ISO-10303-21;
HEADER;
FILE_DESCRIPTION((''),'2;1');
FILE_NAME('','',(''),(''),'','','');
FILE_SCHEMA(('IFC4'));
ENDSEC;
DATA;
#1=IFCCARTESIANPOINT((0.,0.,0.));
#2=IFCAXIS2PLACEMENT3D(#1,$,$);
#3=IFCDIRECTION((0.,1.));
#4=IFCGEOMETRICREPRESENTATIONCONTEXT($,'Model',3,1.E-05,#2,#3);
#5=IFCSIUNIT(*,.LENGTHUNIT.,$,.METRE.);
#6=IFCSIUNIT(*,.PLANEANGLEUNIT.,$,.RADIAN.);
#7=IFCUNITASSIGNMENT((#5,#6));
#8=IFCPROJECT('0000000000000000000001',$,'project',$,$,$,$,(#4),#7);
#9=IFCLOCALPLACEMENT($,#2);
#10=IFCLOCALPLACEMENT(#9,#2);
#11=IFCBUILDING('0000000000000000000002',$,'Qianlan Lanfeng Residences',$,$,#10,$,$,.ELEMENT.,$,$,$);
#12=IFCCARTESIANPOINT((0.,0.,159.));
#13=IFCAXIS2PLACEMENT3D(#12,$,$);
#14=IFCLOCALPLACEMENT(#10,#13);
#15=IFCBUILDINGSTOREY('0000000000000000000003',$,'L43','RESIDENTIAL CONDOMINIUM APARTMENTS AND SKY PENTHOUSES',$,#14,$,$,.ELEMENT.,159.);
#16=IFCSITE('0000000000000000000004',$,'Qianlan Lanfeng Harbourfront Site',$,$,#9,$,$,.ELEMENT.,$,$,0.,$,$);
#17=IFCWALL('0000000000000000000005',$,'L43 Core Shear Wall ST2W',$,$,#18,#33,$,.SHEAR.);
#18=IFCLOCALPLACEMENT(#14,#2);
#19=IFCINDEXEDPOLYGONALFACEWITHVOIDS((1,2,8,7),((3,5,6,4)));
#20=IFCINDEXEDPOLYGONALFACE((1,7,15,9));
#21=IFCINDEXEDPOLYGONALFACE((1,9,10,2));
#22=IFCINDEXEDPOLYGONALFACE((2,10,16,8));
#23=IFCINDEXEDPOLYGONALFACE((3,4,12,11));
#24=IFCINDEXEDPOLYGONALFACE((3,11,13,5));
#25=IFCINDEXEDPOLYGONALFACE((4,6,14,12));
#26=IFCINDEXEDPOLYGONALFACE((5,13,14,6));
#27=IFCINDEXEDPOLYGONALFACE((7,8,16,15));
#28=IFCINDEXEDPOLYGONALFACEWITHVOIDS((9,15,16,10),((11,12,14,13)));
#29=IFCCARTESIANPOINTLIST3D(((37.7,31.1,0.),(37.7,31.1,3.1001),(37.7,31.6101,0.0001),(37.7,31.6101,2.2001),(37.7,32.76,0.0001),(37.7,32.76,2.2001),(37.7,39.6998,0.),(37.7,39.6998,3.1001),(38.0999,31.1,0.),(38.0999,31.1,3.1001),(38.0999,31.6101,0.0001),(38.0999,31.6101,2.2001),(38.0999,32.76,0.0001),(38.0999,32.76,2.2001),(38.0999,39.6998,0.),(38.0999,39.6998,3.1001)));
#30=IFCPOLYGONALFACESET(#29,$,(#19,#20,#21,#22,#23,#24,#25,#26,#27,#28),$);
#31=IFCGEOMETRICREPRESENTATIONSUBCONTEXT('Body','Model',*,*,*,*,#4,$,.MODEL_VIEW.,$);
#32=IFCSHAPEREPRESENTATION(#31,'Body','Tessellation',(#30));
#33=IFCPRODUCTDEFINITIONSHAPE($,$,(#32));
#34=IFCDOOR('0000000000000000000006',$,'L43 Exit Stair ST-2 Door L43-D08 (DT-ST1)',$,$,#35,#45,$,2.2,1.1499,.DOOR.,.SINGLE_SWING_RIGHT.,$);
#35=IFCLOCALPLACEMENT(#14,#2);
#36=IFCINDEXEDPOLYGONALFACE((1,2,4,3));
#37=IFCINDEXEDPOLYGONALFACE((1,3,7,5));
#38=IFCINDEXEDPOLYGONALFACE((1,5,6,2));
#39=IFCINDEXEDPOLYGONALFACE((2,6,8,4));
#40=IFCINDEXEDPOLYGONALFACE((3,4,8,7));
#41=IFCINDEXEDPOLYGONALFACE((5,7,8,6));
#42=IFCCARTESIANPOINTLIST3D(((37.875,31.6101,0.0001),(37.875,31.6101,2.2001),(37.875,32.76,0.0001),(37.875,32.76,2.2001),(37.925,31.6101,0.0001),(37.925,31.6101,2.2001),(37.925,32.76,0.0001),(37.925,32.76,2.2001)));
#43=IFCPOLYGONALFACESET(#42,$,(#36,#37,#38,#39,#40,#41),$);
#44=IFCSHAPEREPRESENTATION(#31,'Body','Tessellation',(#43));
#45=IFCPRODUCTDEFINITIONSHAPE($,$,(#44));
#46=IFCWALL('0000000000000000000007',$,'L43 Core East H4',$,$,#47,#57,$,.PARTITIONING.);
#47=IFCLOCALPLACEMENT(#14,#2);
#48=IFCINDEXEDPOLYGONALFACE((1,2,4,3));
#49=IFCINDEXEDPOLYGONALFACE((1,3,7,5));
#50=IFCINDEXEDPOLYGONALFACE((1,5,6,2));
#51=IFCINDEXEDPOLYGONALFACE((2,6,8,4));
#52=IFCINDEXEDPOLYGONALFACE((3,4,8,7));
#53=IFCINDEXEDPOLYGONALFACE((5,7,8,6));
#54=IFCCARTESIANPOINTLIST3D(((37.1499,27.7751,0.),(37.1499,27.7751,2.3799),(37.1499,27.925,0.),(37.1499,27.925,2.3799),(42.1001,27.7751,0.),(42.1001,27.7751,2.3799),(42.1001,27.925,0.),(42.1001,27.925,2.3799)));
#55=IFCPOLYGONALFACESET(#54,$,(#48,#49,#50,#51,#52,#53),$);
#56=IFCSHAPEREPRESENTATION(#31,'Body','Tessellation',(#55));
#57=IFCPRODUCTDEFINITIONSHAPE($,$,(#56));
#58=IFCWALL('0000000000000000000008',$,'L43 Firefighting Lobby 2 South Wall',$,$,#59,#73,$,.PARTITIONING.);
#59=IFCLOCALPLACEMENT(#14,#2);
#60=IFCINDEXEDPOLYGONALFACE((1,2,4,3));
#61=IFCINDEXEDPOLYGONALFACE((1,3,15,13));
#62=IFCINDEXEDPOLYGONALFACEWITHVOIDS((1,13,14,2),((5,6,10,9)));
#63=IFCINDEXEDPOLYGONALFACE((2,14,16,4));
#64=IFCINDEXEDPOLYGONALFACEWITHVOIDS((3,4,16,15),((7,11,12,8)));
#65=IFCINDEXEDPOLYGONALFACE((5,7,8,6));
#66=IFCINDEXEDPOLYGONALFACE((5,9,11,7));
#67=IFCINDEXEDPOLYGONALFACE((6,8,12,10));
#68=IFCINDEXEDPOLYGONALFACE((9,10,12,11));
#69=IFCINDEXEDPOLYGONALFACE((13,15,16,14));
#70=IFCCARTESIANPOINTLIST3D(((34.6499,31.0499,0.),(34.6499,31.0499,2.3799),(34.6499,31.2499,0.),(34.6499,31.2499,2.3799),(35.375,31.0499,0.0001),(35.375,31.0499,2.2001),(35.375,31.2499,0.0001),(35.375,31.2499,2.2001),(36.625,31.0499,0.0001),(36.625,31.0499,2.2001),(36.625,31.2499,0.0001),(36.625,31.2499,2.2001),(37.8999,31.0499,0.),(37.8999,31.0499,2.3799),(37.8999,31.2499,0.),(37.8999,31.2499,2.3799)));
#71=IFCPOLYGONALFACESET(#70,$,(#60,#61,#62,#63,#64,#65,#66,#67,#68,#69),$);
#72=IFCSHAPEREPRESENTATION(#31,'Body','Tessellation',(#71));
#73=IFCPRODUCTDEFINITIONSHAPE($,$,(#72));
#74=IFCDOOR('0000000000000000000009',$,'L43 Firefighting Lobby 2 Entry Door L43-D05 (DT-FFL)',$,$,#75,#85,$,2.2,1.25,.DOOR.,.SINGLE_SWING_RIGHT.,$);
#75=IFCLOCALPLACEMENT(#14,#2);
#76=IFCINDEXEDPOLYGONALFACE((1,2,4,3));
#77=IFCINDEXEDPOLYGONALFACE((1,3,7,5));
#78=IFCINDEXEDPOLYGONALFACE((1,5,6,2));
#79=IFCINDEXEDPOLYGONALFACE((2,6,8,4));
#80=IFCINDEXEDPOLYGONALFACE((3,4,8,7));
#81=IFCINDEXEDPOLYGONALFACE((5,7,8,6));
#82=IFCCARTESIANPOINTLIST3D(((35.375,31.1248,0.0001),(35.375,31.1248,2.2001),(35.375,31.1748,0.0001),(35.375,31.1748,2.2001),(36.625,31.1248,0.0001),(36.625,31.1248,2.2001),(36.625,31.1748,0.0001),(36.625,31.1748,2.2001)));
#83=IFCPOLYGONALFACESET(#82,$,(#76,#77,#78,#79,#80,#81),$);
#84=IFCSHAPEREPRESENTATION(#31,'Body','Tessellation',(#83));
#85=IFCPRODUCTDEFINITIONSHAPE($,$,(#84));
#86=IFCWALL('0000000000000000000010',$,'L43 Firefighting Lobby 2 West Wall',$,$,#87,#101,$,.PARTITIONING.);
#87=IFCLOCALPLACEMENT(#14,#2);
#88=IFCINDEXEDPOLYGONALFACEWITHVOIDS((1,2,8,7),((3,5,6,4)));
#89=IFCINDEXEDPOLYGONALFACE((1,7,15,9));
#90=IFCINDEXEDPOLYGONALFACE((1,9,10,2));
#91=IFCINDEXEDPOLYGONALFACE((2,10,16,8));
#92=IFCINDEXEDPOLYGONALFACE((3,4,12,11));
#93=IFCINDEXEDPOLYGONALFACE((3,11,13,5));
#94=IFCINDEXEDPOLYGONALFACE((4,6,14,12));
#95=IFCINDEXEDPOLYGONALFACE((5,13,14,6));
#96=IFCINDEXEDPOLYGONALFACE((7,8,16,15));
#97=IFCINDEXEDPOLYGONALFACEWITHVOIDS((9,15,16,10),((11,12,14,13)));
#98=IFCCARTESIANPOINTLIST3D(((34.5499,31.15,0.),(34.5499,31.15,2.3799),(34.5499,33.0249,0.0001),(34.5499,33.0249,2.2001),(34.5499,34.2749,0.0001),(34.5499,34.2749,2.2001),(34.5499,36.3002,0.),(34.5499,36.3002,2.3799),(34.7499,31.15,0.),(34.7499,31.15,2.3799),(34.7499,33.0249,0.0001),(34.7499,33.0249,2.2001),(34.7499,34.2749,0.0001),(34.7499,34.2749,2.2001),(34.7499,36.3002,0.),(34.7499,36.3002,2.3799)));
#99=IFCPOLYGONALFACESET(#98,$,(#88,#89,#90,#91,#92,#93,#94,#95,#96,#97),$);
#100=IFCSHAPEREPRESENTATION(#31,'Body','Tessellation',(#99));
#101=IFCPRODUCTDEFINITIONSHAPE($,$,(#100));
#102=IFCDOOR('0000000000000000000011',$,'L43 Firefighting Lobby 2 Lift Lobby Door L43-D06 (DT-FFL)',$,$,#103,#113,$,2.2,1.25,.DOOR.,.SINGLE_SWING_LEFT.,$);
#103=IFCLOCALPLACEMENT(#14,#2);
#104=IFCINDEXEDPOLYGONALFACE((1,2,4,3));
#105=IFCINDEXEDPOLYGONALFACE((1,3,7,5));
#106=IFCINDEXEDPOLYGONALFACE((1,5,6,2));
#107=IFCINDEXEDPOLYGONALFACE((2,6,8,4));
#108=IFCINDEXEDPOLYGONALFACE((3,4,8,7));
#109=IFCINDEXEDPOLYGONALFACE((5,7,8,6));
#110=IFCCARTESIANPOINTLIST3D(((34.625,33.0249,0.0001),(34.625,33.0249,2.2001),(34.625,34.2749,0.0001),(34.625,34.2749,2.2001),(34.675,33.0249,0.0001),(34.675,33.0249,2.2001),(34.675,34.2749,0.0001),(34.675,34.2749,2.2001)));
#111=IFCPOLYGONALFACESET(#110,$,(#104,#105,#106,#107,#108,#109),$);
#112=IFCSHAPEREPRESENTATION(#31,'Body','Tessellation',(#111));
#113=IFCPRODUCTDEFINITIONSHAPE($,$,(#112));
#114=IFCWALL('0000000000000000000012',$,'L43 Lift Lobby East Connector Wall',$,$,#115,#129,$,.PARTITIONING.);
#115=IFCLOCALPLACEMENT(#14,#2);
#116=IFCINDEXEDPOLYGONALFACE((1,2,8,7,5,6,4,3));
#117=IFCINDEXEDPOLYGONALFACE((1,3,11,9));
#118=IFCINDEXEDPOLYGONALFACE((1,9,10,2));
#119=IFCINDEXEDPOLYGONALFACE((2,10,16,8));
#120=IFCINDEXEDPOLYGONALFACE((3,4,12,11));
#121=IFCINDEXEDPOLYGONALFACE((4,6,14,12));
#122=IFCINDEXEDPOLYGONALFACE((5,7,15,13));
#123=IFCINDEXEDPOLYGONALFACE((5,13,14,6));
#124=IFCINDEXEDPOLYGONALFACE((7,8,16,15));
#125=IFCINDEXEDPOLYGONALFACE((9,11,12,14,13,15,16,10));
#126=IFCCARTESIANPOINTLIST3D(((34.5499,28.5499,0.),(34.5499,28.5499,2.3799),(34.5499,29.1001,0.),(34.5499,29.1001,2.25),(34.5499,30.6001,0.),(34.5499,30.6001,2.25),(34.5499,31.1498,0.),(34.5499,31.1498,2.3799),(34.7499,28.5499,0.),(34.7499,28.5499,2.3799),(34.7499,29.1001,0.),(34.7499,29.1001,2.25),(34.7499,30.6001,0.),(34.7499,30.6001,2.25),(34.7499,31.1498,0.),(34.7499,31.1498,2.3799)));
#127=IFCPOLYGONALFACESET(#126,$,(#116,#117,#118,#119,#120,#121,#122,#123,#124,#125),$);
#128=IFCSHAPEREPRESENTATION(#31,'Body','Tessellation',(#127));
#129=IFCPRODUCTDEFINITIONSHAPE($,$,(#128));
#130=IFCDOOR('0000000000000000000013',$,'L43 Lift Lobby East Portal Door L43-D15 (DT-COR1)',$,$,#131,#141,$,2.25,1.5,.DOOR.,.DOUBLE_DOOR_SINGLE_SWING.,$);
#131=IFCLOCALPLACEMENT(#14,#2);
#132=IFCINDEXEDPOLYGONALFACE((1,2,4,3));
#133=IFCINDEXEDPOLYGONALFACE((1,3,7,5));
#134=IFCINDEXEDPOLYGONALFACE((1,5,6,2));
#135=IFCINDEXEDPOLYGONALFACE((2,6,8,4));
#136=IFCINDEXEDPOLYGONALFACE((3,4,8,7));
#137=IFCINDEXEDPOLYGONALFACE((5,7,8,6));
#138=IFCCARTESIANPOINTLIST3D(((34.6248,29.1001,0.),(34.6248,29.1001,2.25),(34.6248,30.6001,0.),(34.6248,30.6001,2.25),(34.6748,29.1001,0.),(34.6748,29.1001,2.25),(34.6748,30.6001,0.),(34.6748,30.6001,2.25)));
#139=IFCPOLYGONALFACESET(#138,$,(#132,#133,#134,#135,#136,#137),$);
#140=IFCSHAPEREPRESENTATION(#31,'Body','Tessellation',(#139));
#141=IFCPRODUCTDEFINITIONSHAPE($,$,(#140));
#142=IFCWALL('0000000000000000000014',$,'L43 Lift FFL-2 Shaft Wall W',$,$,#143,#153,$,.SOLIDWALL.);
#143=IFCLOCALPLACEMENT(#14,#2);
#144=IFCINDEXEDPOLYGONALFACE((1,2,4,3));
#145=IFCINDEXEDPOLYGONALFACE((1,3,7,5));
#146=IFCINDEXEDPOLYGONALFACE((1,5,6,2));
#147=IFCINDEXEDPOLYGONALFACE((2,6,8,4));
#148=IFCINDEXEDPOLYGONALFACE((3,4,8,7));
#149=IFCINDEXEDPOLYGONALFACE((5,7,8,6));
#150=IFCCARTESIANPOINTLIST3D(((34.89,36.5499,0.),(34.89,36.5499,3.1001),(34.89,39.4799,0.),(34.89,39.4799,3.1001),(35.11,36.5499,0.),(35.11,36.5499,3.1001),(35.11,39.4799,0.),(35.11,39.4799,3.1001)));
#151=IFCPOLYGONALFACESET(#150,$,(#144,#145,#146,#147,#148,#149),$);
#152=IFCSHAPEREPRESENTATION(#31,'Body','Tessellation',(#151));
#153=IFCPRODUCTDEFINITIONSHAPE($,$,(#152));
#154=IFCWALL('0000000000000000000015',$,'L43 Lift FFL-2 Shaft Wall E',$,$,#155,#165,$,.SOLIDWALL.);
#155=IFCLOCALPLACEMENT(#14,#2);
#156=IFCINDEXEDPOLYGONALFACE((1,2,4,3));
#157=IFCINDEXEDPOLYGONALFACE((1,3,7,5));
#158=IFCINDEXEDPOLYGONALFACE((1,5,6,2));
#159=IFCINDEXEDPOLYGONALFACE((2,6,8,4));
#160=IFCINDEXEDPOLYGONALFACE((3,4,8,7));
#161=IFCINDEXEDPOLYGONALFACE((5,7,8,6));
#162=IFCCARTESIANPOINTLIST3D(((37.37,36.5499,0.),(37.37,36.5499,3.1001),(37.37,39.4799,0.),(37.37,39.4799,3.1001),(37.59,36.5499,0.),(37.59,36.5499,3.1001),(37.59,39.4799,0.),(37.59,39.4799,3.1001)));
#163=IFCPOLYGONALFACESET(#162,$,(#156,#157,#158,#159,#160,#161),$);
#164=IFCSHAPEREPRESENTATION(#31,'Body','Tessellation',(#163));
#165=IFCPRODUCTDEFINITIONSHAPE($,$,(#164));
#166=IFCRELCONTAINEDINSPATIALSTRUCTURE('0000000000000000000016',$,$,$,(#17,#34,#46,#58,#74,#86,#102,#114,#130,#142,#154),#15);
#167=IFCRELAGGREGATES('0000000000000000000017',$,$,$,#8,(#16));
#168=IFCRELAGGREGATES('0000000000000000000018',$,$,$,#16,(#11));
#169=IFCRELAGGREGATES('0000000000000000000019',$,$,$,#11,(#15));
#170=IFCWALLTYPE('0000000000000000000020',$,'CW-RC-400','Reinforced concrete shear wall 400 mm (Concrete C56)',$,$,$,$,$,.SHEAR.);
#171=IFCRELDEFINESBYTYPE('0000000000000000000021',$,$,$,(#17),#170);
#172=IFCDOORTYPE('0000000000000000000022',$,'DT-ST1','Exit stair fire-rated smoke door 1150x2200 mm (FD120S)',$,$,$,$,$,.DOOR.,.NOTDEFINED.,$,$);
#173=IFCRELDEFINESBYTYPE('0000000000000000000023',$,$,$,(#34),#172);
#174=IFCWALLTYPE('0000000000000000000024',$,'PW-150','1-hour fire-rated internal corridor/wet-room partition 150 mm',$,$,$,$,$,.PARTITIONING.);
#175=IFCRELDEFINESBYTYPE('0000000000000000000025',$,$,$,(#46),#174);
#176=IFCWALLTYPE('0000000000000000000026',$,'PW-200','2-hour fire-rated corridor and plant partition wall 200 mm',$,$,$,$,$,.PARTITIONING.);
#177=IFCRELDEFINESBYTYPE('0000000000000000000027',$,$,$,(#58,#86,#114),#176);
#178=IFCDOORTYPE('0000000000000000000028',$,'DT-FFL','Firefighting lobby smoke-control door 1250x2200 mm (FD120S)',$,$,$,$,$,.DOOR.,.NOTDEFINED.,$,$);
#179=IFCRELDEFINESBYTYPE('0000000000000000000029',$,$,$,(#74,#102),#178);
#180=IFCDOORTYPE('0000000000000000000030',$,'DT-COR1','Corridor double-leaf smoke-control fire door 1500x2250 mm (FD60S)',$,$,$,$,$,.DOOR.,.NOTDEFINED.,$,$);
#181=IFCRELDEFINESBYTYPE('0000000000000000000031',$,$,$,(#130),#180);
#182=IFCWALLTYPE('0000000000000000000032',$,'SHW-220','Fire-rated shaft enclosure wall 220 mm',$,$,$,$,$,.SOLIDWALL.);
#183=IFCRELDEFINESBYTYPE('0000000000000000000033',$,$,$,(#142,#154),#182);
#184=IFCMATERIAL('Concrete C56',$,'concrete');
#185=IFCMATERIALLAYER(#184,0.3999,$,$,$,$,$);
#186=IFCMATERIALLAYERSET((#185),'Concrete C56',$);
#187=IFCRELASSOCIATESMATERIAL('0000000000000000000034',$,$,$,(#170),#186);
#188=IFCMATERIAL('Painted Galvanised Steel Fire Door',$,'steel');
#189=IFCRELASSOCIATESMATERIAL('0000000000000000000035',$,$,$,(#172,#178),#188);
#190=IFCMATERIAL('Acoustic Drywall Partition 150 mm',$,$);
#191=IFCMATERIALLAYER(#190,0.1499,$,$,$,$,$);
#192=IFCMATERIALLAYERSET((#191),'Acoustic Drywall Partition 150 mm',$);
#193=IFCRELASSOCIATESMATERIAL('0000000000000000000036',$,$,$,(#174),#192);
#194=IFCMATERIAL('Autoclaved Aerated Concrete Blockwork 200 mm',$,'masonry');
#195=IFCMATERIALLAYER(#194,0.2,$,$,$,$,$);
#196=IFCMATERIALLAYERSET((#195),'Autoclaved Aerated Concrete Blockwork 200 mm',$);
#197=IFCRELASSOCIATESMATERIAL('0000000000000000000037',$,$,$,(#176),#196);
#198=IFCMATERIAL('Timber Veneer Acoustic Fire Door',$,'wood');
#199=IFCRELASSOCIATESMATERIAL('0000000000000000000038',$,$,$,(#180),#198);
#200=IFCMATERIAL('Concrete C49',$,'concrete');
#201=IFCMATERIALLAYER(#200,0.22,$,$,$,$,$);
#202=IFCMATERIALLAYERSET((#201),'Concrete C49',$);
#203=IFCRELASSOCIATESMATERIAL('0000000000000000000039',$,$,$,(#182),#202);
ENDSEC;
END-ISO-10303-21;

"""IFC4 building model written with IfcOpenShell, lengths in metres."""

from ifc_helpers import new_model, si_unit, direction, frame, frame_2d, origin, place, context, subcontext, project, spatial, rectangle, extrude, material, layer, layer_set, type_object, element, fill, save


model = new_model("IFC4")

# Units and contexts
model_context = context("Model", 3, precision=1e-05, world=origin(), true_north=direction((0.0, 1.0)))
body_context = subcontext(model_context, "Body", "Model", "MODEL_VIEW")
ifc_project = project(units=[si_unit("LENGTHUNIT", "METRE"), si_unit("PLANEANGLEUNIT", "RADIAN")], contexts=[model_context])

# Site, building, storey
site_placement = place(None, origin())
site = spatial("IfcSite", under=ifc_project, at=site_placement, Name="Qianlan Lanfeng Harbourfront Site", CompositionType="ELEMENT", RefElevation=0.0)
building_placement = place(site_placement, origin())
building = spatial("IfcBuilding", under=site, at=building_placement, Name="Qianlan Lanfeng Residences", CompositionType="ELEMENT")
storey_placement = place(building_placement, frame((0.0, 0.0, 159.0)))
storey = spatial("IfcBuildingStorey", under=building, at=storey_placement, Name="L43", Description="RESIDENTIAL CONDOMINIUM APARTMENTS AND SKY PENTHOUSES", CompositionType="ELEMENT", Elevation=159.0)

# Wall, opening, door
ifc_material_1 = material(Name="Concrete C56", Category="concrete")
ifc_layer_1 = layer(ifc_material_1, 0.3999)
ifc_layer_set_1 = layer_set([ifc_layer_1], Name="Concrete C56")
wall_type_1 = type_object("IfcWallType", Name="CW-RC-400", Description="Reinforced concrete shear wall 400 mm (Concrete C56)", PredefinedType="SHEAR", material=ifc_layer_set_1)
wall_1_placement = place(storey_placement, frame((37.8999, 31.1001, 0.0), z_axis=(0.0, 0.0, 1.0), x_axis=(0.0, 1.0, 0.0)))
wall_1 = element("IfcWall", 1, at=wall_1_placement, inside=storey, type_object=wall_type_1, Name="L43 Core Shear Wall ST2W", PredefinedType="SHEAR", context=body_context, shape_type="SweptSolid", body=[
    extrude(rectangle(XDim=8.5999, YDim=0.3999, at=frame_2d((4.2998, 0.0))), origin(), (0.0, 0.0, 1.0), 3.1001),
])
opening_1_placement = place(wall_1_placement, frame((0.51, 0.0, 0.0)))
opening_1 = element("IfcOpeningElement", 2, at=opening_1_placement, cuts=wall_1, PredefinedType="OPENING", context=body_context, shape_type="SweptSolid", body=[
    extrude(rectangle(XDim=1.1499, YDim=2.2, at=frame_2d((0.575, 1.1001))), frame((0.0, 0.21, 0.0), z_axis=(0.0, -1.0, 0.0), x_axis=(1.0, 0.0, 0.0)), (0.0, 0.0, 1.0), 0.4199),
])
ifc_material_2 = material(Name="Painted Galvanised Steel Fire Door", Category="steel")
door_type_1 = type_object("IfcDoorType", Name="DT-ST1", Description="Exit stair fire-rated smoke door 1150x2200 mm (FD120S)", OperationType="NOTDEFINED", PredefinedType="DOOR", material=ifc_material_2)
door_1_placement = place(opening_1_placement, origin())
door_1 = element("IfcDoor", 3, at=door_1_placement, inside=storey, type_object=door_type_1, Name="L43 Exit Stair ST-2 Door L43-D08 (DT-ST1)", OperationType="SINGLE_SWING_RIGHT", OverallHeight=2.2, OverallWidth=1.1499, PredefinedType="DOOR", context=body_context, shape_type="SweptSolid", body=[
    extrude(rectangle(XDim=1.1499, YDim=2.2, at=frame_2d((0.575, 1.1001))), frame((0.0, 0.0249, 0.0), z_axis=(0.0, -1.0, 0.0), x_axis=(1.0, 0.0, 0.0)), (0.0, 0.0, 1.0), 0.05),
])
fill(opening_1, door_1)

# Wall
ifc_material_3 = material(Name="Acoustic Drywall Partition 150 mm")
ifc_layer_2 = layer(ifc_material_3, 0.1499)
ifc_layer_set_2 = layer_set([ifc_layer_2], Name="Acoustic Drywall Partition 150 mm")
wall_type_2 = type_object("IfcWallType", Name="PW-150", Description="1-hour fire-rated internal corridor/wet-room partition 150 mm", PredefinedType="PARTITIONING", material=ifc_layer_set_2)
wall_2_placement = place(storey_placement, frame((37.1499, 27.8501, 0.0), z_axis=(0.0, 0.0, 1.0), x_axis=(1.0, 0.0, 0.0)))
element("IfcWall", 4, at=wall_2_placement, inside=storey, type_object=wall_type_2, Name="L43 Core East H4", PredefinedType="PARTITIONING", context=body_context, shape_type="SweptSolid", body=[
    extrude(rectangle(XDim=4.9502, YDim=0.1499, at=frame_2d((2.4751, 0.0))), origin(), (0.0, 0.0, 1.0), 2.3799),
])

# Walls, openings, doors
ifc_material_4 = material(Name="Autoclaved Aerated Concrete Blockwork 200 mm", Category="masonry")
ifc_layer_3 = layer(ifc_material_4, 0.2)
ifc_layer_set_3 = layer_set([ifc_layer_3], Name="Autoclaved Aerated Concrete Blockwork 200 mm")
wall_type_3 = type_object("IfcWallType", Name="PW-200", Description="2-hour fire-rated corridor and plant partition wall 200 mm", PredefinedType="PARTITIONING", material=ifc_layer_set_3)
wall_3_placement = place(storey_placement, frame((34.6499, 31.1499, 0.0), z_axis=(0.0, 0.0, 1.0), x_axis=(1.0, 0.0, 0.0)))
wall_3 = element("IfcWall", 5, at=wall_3_placement, inside=storey, type_object=wall_type_3, Name="L43 Firefighting Lobby 2 South Wall", PredefinedType="PARTITIONING", context=body_context, shape_type="SweptSolid", body=[
    extrude(rectangle(XDim=3.25, YDim=0.2, at=frame_2d((1.625, 0.0))), origin(), (0.0, 0.0, 1.0), 2.3799),
])
opening_2_placement = place(wall_3_placement, frame((0.7251, 0.0, 0.0)))
opening_2 = element("IfcOpeningElement", 6, at=opening_2_placement, cuts=wall_3, PredefinedType="OPENING", context=body_context, shape_type="SweptSolid", body=[
    extrude(rectangle(XDim=1.25, YDim=2.2, at=frame_2d((0.625, 1.1001))), frame((0.0, 0.1099, 0.0), z_axis=(0.0, -1.0, 0.0), x_axis=(1.0, 0.0, 0.0)), (0.0, 0.0, 1.0), 0.22),
])
door_type_2 = type_object("IfcDoorType", Name="DT-FFL", Description="Firefighting lobby smoke-control door 1250x2200 mm (FD120S)", OperationType="NOTDEFINED", PredefinedType="DOOR", material=ifc_material_2)
door_2_placement = place(opening_2_placement, origin())
door_2 = element("IfcDoor", 7, at=door_2_placement, inside=storey, type_object=door_type_2, Name="L43 Firefighting Lobby 2 Entry Door L43-D05 (DT-FFL)", OperationType="SINGLE_SWING_RIGHT", OverallHeight=2.2, OverallWidth=1.25, PredefinedType="DOOR", context=body_context, shape_type="SweptSolid", body=[
    extrude(rectangle(XDim=1.25, YDim=2.2, at=frame_2d((0.625, 1.1001))), frame((0.0, 0.0249, 0.0), z_axis=(0.0, -1.0, 0.0), x_axis=(1.0, 0.0, 0.0)), (0.0, 0.0, 1.0), 0.05),
])
fill(opening_2, door_2)
wall_4_placement = place(storey_placement, frame((34.6499, 31.1499, 0.0), z_axis=(0.0, 0.0, 1.0), x_axis=(0.0, 1.0, 0.0)))
wall_4 = element("IfcWall", 8, at=wall_4_placement, inside=storey, type_object=wall_type_3, Name="L43 Firefighting Lobby 2 West Wall", PredefinedType="PARTITIONING", context=body_context, shape_type="SweptSolid", body=[
    extrude(rectangle(XDim=5.1501, YDim=0.2, at=frame_2d((2.5752, 0.0))), origin(), (0.0, 0.0, 1.0), 2.3799),
])
opening_3_placement = place(wall_4_placement, frame((1.875, 0.0, 0.0)))
opening_3 = element("IfcOpeningElement", 9, at=opening_3_placement, cuts=wall_4, PredefinedType="OPENING", context=body_context, shape_type="SweptSolid", body=[
    extrude(rectangle(XDim=1.25, YDim=2.2, at=frame_2d((0.625, 1.1001))), frame((0.0, 0.1099, 0.0), z_axis=(0.0, -1.0, 0.0), x_axis=(1.0, 0.0, 0.0)), (0.0, 0.0, 1.0), 0.22),
])
door_3_placement = place(opening_3_placement, origin())
door_3 = element("IfcDoor", 10, at=door_3_placement, inside=storey, type_object=door_type_2, Name="L43 Firefighting Lobby 2 Lift Lobby Door L43-D06 (DT-FFL)", OperationType="SINGLE_SWING_LEFT", OverallHeight=2.2, OverallWidth=1.25, PredefinedType="DOOR", context=body_context, shape_type="SweptSolid", body=[
    extrude(rectangle(XDim=1.25, YDim=2.2, at=frame_2d((0.625, 1.1001))), frame((0.0, 0.0249, 0.0), z_axis=(0.0, -1.0, 0.0), x_axis=(1.0, 0.0, 0.0)), (0.0, 0.0, 1.0), 0.05),
])
fill(opening_3, door_3)
wall_5_placement = place(storey_placement, frame((34.6499, 28.55, 0.0), z_axis=(0.0, 0.0, 1.0), x_axis=(0.0, 1.0, 0.0)))
wall_5 = element("IfcWall", 11, at=wall_5_placement, inside=storey, type_object=wall_type_3, Name="L43 Lift Lobby East Connector Wall", PredefinedType="PARTITIONING", context=body_context, shape_type="SweptSolid", body=[
    extrude(rectangle(XDim=2.5999, YDim=0.2, at=frame_2d((1.2998, 0.0))), origin(), (0.0, 0.0, 1.0), 2.3799),
])
opening_4_placement = place(wall_5_placement, frame((0.55, 0.0, 0.0)))
opening_4 = element("IfcOpeningElement", 12, at=opening_4_placement, cuts=wall_5, PredefinedType="OPENING", context=body_context, shape_type="SweptSolid", body=[
    extrude(rectangle(XDim=1.5, YDim=2.25, at=frame_2d((0.75, 1.125))), frame((0.0, 0.1099, 0.0), z_axis=(0.0, -1.0, 0.0), x_axis=(1.0, 0.0, 0.0)), (0.0, 0.0, 1.0), 0.22),
])
ifc_material_5 = material(Name="Timber Veneer Acoustic Fire Door", Category="wood")
door_type_3 = type_object("IfcDoorType", Name="DT-COR1", Description="Corridor double-leaf smoke-control fire door 1500x2250 mm (FD60S)", OperationType="NOTDEFINED", PredefinedType="DOOR", material=ifc_material_5)
door_4_placement = place(opening_4_placement, frame((1.5, 0.0, 0.0), z_axis=(0.0, 0.0, 1.0), x_axis=(-1.0, 0.0, 0.0)))
door_4 = element("IfcDoor", 13, at=door_4_placement, inside=storey, type_object=door_type_3, Name="L43 Lift Lobby East Portal Door L43-D15 (DT-COR1)", OperationType="DOUBLE_DOOR_SINGLE_SWING", OverallHeight=2.25, OverallWidth=1.5, PredefinedType="DOOR", context=body_context, shape_type="SweptSolid", body=[
    extrude(rectangle(XDim=1.5, YDim=2.25, at=frame_2d((0.75, 1.125))), frame((0.0, 0.0249, 0.0), z_axis=(0.0, -1.0, 0.0), x_axis=(1.0, 0.0, 0.0)), (0.0, 0.0, 1.0), 0.05),
])
fill(opening_4, door_4)

# Walls
ifc_material_6 = material(Name="Concrete C49", Category="concrete")
ifc_layer_4 = layer(ifc_material_6, 0.22)
ifc_layer_set_4 = layer_set([ifc_layer_4], Name="Concrete C49")
wall_type_4 = type_object("IfcWallType", Name="SHW-220", Description="Fire-rated shaft enclosure wall 220 mm", PredefinedType="SOLIDWALL", material=ifc_layer_set_4)
for number, where, z_axis, x_axis, name in (
    (14, (35.0, 36.55, 0.0), (0.0, 0.0, 1.0), (0.0, 1.0, 0.0), "L43 Lift FFL-2 Shaft Wall W"),
    (15, (37.48, 36.55, 0.0), (0.0, 0.0, 1.0), (0.0, 1.0, 0.0), "L43 Lift FFL-2 Shaft Wall E"),
):
    element("IfcWall", number, at=place(storey_placement, frame(where, z_axis=z_axis, x_axis=x_axis)), inside=storey, type_object=wall_type_4, Name=name, PredefinedType="SOLIDWALL", context=body_context, shape_type="SweptSolid", body=[
        extrude(rectangle(XDim=2.9299, YDim=0.22, at=frame_2d((1.4648, 0.0))), origin(), (0.0, 0.0, 1.0), 3.1001),
    ])

save(model, "model.ifc")
